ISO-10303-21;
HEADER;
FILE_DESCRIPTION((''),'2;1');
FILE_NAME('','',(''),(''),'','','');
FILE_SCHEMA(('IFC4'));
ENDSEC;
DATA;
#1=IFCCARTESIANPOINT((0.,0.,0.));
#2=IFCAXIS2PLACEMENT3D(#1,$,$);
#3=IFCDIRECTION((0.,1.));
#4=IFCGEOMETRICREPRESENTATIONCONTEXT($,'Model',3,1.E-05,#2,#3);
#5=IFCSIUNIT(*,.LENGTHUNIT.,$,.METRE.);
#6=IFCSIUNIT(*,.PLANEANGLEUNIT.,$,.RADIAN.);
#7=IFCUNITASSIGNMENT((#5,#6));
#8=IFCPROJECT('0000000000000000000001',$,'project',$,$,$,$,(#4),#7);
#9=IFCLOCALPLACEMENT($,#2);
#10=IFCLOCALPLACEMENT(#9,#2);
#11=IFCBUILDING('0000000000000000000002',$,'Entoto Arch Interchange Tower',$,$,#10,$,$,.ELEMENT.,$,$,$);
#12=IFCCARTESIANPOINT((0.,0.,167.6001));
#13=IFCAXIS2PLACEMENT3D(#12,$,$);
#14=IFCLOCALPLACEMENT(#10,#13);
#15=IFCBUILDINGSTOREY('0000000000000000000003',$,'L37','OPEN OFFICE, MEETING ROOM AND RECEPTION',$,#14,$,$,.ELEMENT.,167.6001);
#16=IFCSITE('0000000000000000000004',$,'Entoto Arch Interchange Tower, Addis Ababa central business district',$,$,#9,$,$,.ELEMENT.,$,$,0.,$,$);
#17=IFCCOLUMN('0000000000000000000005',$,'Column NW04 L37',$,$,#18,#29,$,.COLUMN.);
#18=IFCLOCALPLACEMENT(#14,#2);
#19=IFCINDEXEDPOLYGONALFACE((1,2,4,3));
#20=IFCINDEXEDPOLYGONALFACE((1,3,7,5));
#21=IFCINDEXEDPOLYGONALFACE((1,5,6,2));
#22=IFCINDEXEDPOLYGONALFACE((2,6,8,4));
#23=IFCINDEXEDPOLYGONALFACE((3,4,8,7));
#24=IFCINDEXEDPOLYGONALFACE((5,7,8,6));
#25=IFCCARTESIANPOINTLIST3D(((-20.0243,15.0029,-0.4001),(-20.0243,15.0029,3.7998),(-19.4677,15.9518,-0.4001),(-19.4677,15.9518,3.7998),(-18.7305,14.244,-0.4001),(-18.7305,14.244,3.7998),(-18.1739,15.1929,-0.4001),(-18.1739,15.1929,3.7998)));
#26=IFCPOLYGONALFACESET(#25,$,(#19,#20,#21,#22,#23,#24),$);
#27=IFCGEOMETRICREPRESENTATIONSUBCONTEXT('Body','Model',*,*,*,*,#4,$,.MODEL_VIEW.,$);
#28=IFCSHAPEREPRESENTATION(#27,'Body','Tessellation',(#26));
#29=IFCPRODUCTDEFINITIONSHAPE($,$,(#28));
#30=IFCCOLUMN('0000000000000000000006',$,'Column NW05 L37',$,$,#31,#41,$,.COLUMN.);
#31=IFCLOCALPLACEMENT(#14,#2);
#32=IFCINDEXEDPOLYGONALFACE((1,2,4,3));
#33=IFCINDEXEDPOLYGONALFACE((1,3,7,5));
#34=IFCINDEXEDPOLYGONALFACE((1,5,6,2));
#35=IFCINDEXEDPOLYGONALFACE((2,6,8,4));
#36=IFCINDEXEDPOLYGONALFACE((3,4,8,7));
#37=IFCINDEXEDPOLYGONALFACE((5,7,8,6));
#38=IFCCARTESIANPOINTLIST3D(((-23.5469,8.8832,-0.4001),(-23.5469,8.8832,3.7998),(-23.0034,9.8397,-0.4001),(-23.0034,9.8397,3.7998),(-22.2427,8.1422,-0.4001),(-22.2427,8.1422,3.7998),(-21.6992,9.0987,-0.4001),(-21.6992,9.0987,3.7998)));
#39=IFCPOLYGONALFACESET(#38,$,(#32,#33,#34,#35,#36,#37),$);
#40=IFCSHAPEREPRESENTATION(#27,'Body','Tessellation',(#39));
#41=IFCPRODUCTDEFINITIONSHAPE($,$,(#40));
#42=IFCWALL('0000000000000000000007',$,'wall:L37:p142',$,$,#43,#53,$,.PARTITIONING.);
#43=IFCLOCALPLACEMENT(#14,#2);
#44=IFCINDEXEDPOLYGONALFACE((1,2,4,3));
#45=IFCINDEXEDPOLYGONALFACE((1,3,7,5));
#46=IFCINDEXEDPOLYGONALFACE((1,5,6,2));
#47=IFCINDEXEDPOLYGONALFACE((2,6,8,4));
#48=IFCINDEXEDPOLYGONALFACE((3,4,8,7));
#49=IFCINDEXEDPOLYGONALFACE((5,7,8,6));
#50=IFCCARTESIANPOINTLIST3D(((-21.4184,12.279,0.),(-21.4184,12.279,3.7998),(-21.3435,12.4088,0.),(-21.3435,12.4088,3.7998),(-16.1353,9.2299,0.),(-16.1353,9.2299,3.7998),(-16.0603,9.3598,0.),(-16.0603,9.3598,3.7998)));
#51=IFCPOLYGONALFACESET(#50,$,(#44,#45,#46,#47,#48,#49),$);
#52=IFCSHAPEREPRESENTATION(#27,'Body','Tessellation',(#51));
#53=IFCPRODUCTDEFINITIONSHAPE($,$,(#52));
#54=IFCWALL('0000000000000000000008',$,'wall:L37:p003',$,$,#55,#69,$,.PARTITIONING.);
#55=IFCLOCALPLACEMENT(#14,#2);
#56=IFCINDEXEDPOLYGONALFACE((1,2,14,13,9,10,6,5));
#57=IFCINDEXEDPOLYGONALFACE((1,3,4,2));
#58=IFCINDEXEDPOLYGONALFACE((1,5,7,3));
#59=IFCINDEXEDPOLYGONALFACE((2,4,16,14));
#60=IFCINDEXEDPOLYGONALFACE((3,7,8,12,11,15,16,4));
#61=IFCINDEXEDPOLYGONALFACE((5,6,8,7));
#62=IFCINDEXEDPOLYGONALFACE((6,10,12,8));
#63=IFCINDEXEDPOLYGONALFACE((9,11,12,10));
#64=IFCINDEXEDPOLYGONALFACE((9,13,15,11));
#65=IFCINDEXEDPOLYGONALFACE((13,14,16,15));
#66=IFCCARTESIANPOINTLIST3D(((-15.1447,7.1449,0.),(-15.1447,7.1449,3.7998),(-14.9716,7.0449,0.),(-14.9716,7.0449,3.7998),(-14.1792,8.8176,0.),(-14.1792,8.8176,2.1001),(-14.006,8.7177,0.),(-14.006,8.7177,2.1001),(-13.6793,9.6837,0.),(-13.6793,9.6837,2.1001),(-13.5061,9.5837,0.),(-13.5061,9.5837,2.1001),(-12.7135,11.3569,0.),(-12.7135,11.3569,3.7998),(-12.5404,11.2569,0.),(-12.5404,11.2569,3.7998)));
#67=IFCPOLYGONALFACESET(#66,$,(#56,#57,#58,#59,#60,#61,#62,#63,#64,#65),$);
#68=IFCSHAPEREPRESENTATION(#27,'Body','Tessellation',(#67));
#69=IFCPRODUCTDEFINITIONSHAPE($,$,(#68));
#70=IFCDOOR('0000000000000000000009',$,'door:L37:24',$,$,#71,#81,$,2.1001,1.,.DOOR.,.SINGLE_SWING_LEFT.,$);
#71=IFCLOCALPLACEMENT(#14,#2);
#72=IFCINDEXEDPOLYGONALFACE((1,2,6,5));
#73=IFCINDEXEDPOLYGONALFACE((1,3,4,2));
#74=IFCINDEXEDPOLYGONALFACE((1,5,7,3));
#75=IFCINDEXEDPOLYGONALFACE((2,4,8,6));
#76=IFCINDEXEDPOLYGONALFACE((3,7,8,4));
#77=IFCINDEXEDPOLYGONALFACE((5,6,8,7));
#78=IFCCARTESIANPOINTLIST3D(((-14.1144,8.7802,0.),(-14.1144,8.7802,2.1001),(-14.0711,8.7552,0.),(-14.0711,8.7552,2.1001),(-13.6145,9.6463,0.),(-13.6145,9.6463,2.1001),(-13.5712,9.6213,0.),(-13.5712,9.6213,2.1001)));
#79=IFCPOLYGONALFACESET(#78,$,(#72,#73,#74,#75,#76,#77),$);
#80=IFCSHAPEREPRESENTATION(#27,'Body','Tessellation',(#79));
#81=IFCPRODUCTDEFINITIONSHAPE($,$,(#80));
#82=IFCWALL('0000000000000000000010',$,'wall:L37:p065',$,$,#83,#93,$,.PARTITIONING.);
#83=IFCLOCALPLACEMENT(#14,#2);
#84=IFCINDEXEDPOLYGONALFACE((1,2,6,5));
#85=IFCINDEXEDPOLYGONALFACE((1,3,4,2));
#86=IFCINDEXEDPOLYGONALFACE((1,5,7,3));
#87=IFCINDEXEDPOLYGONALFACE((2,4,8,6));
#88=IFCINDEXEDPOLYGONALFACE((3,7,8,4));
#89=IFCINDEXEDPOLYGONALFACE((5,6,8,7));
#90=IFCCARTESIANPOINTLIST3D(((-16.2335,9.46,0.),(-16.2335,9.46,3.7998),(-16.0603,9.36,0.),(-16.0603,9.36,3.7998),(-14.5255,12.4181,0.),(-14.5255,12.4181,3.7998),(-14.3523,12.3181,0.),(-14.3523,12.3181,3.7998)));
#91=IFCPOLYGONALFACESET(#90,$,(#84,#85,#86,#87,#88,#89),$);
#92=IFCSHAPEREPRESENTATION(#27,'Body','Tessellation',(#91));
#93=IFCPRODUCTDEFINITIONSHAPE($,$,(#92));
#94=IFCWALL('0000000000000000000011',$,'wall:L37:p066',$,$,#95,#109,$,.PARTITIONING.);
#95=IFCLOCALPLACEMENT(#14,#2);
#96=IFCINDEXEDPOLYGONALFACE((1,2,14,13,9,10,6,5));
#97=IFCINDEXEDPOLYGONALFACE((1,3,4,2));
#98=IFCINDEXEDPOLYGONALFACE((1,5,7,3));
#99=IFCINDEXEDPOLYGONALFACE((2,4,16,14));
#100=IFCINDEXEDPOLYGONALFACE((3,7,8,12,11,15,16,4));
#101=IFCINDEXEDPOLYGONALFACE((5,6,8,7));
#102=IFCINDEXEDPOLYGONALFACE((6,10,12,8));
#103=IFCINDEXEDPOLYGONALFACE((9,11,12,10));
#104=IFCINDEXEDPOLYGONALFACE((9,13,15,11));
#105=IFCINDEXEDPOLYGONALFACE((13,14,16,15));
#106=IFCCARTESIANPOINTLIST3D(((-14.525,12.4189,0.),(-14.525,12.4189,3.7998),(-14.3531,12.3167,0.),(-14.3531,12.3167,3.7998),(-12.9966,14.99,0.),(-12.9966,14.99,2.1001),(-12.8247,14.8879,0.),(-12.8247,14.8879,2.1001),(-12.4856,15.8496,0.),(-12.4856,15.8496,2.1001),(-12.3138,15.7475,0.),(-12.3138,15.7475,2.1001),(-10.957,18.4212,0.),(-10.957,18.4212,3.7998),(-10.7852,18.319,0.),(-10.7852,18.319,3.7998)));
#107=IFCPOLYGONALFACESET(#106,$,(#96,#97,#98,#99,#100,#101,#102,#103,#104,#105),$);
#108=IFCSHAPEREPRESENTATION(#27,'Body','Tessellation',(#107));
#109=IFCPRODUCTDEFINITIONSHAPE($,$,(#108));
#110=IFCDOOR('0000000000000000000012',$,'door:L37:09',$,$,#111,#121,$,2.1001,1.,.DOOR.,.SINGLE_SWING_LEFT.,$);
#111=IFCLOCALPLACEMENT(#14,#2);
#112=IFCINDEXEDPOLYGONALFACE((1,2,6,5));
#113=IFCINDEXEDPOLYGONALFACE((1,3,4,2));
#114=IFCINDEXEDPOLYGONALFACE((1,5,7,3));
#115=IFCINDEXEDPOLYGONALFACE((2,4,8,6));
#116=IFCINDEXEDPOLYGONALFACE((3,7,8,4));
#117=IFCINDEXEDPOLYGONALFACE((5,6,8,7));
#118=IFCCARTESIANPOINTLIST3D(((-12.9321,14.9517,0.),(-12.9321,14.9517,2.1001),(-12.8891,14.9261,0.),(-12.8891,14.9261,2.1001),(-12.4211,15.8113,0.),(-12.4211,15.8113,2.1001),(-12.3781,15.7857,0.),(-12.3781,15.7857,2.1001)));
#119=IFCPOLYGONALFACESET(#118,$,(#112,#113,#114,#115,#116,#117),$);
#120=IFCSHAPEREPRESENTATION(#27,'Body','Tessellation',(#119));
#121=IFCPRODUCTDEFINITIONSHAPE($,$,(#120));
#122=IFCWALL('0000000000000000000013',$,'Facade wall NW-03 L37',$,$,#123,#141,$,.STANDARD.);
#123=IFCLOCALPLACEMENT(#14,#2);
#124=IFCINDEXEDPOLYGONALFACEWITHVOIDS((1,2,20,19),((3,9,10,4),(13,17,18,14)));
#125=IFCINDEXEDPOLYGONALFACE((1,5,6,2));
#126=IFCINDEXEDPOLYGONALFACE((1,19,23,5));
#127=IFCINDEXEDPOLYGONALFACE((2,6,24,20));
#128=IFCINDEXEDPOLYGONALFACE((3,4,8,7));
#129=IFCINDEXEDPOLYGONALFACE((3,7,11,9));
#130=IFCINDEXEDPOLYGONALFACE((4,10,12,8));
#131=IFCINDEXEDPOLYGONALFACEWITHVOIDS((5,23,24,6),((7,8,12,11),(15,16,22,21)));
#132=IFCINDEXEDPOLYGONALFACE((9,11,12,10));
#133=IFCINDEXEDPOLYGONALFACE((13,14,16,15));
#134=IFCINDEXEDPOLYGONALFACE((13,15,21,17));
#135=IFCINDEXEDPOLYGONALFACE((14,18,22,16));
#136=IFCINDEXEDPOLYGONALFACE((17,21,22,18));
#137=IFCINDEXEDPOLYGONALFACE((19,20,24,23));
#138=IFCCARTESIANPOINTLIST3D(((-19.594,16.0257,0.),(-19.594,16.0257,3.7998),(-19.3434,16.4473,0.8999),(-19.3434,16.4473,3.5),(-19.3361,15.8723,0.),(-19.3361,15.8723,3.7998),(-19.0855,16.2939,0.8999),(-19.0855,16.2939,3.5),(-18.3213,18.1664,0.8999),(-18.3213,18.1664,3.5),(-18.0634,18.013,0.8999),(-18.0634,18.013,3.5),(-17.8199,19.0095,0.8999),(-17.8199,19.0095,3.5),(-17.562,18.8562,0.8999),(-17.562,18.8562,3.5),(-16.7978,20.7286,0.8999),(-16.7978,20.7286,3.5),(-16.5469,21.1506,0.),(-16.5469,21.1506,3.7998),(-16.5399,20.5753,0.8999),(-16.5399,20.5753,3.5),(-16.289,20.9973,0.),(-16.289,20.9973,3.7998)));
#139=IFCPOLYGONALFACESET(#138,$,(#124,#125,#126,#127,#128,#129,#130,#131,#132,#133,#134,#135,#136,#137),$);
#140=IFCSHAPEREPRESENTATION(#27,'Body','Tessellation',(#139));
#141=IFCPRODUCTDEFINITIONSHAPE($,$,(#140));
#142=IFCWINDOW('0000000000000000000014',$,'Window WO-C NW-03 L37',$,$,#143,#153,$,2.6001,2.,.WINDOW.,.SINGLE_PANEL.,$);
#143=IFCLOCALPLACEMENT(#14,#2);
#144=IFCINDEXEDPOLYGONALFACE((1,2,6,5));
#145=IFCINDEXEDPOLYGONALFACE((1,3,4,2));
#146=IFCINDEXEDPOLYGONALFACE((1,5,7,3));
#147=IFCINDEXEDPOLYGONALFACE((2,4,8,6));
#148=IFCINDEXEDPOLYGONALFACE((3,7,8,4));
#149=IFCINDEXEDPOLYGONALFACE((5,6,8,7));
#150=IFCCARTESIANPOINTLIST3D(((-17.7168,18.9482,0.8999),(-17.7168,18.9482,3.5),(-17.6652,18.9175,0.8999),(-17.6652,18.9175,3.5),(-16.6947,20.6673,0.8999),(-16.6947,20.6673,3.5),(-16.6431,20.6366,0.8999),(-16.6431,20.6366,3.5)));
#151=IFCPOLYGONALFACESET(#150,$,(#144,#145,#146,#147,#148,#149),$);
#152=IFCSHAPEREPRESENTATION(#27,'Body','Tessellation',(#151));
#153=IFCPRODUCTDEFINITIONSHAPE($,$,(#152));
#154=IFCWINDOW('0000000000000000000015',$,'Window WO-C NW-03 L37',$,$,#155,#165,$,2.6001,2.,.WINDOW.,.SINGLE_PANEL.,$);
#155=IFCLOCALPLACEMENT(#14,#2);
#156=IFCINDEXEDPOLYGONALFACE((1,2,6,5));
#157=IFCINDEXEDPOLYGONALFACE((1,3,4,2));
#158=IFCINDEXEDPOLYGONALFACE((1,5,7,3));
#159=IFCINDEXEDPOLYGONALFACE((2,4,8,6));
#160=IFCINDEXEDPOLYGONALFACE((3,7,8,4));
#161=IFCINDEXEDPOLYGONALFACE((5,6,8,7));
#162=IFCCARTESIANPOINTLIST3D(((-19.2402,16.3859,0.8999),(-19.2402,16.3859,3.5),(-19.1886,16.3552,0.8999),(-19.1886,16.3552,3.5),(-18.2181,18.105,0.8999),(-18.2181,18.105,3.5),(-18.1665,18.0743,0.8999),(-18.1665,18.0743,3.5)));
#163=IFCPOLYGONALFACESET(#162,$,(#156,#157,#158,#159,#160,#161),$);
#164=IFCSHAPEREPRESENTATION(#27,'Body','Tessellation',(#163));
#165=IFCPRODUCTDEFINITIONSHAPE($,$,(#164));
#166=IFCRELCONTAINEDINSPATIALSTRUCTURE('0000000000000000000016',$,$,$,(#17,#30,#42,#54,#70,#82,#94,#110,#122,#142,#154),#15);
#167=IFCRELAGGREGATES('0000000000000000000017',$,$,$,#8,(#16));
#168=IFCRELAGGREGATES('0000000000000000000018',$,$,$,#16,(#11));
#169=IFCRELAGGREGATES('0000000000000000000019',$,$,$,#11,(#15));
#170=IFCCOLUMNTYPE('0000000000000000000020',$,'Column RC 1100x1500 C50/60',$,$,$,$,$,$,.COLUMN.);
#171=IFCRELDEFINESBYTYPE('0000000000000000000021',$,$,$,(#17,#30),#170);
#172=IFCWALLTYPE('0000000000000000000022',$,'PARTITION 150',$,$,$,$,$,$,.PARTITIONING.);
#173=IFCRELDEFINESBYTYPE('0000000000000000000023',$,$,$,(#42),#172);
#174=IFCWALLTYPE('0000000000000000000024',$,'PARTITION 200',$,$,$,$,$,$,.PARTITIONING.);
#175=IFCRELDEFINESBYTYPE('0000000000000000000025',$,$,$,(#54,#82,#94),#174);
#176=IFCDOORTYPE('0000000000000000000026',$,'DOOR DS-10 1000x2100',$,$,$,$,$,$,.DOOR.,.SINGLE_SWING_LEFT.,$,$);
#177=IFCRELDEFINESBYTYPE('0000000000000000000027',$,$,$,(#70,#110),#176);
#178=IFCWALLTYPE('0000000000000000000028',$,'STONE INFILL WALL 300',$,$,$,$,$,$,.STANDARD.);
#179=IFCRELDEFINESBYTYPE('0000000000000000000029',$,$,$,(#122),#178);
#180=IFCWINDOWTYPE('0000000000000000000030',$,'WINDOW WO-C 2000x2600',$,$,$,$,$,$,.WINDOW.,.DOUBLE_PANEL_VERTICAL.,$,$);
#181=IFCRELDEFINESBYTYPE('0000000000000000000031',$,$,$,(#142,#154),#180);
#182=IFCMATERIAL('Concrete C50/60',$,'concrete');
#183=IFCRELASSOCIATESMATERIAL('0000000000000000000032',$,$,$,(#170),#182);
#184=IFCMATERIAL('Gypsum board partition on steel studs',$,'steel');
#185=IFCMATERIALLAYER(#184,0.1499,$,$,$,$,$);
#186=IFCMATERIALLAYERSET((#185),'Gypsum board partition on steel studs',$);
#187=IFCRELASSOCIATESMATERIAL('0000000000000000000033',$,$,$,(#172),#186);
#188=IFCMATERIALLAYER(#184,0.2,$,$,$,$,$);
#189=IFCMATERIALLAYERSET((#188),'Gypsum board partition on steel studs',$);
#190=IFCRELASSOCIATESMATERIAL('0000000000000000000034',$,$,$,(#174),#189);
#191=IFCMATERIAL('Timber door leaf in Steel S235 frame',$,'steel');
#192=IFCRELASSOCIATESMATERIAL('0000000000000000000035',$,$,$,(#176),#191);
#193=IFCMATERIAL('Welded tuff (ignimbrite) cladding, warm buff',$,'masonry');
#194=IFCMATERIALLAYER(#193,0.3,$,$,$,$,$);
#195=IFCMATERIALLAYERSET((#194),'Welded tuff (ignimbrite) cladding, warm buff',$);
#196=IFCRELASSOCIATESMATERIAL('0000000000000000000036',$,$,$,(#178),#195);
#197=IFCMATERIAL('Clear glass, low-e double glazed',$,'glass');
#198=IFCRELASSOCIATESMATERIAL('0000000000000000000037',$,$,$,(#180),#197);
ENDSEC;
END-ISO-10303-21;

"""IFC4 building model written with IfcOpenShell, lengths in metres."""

from ifc_helpers import new_model, si_unit, direction, frame, frame_2d, origin, origin_2d, place, context, subcontext, project, spatial, rectangle, extrude, material, layer, layer_set, material_profile, profile_set, type_object, element, fill, save


model = new_model("IFC4")

# Units and contexts
model_context = context("Model", 3, precision=1e-05, world=origin(), true_north=direction((0.0, 1.0)))
body_context = subcontext(model_context, "Body", "Model", "MODEL_VIEW")
ifc_project = project(units=[si_unit("LENGTHUNIT", "METRE"), si_unit("PLANEANGLEUNIT", "RADIAN")], contexts=[model_context])

# Site, building, storey
site_placement = place(None, origin())
site = spatial("IfcSite", under=ifc_project, at=site_placement, Name="Entoto Arch Interchange Tower, Addis Ababa central business district", CompositionType="ELEMENT", RefElevation=0.0)
building_placement = place(site_placement, origin())
building = spatial("IfcBuilding", under=site, at=building_placement, Name="Entoto Arch Interchange Tower", CompositionType="ELEMENT")
storey_placement = place(building_placement, frame((0.0, 0.0, 167.6001)))
storey = spatial("IfcBuildingStorey", under=building, at=storey_placement, Name="L37", Description="OPEN OFFICE, MEETING ROOM AND RECEPTION", CompositionType="ELEMENT", Elevation=167.6001)

# Columns
ifc_material_1 = material(Name="Concrete C50/60", Category="concrete")
ifc_material_profile = material_profile(ifc_material_1, rectangle(XDim=1.1001, YDim=1.5, at=origin_2d()))
ifc_profile_set = profile_set([ifc_material_profile], Name="Concrete C50/60")
column_type = type_object("IfcColumnType", Name="Column RC 1100x1500 C50/60", PredefinedType="COLUMN", material=ifc_profile_set)
for number, where, z_axis, x_axis, name in (
    (1, (-19.0991, 15.0979, -0.4001), (0.0, 0.0, 1.0), (0.505958, 0.862558, 0.0), "Column NW04 L37"),
    (2, (-22.623, 8.991, -0.4001), (0.0, 0.0, 1.0), (0.494018, 0.869452, 0.0), "Column NW05 L37"),
):
    element("IfcColumn", number, at=place(storey_placement, frame(where, z_axis=z_axis, x_axis=x_axis)), inside=storey, type_object=column_type, Name=name, PredefinedType="COLUMN", context=body_context, shape_type="SweptSolid", body=[
        extrude(rectangle(XDim=1.1001, YDim=1.5, at=origin_2d()), origin(), (0.0, 0.0, 1.0), 4.2),
    ])

# Wall
ifc_material_2 = material(Name="Gypsum board partition on steel studs", Category="steel")
ifc_layer_1 = layer(ifc_material_2, 0.1499)
ifc_layer_set_1 = layer_set([ifc_layer_1], Name="Gypsum board partition on steel studs")
wall_type_1 = type_object("IfcWallType", Name="PARTITION 150", PredefinedType="PARTITIONING", material=ifc_layer_set_1)
wall_1_placement = place(storey_placement, frame((-16.0979, 9.2949, 0.0), z_axis=(0.0, 0.0, 1.0), x_axis=(-0.86611, 0.499854, 0.0)))
element("IfcWall", 3, at=wall_1_placement, inside=storey, type_object=wall_type_1, Name="wall:L37:p142", PredefinedType="PARTITIONING", context=body_context, shape_type="SweptSolid", body=[
    extrude(rectangle(XDim=6.0999, YDim=0.1499, at=frame_2d((3.0498, 0.0))), origin(), (0.0, 0.0, 1.0), 3.7998),
])

# Wall, opening, door
ifc_layer_2 = layer(ifc_material_2, 0.2)
ifc_layer_set_2 = layer_set([ifc_layer_2], Name="Gypsum board partition on steel studs")
wall_type_2 = type_object("IfcWallType", Name="PARTITION 200", PredefinedType="PARTITIONING", material=ifc_layer_set_2)
wall_2_placement = place(storey_placement, frame((-12.627, 11.3069, 0.0), z_axis=(0.0, 0.0, 1.0), x_axis=(-0.499908, -0.866079, 0.0)))
wall_2 = element("IfcWall", 4, at=wall_2_placement, inside=storey, type_object=wall_type_2, Name="wall:L37:p003", PredefinedType="PARTITIONING", context=body_context, shape_type="SweptSolid", body=[
    extrude(rectangle(XDim=4.8633, YDim=0.2, at=frame_2d((2.4316, 0.0))), origin(), (0.0, 0.0, 1.0), 3.7998),
])
opening_1_placement = place(wall_2_placement, frame((1.9319, 0.0, 0.0)))
opening_1 = element("IfcOpeningElement", 5, at=opening_1_placement, cuts=wall_2, PredefinedType="OPENING", context=body_context, shape_type="SweptSolid", body=[
    extrude(rectangle(XDim=1.0, YDim=2.1001, at=frame_2d((0.5, 1.05))), frame((0.0, 0.1099, 0.0), z_axis=(0.0, -1.0, 0.0), x_axis=(1.0, 0.0, 0.0)), (0.0, 0.0, 1.0), 0.22),
])
ifc_material_3 = material(Name="Timber door leaf in Steel S235 frame", Category="steel")
door_type = type_object("IfcDoorType", Name="DOOR DS-10 1000x2100", OperationType="SINGLE_SWING_LEFT", PredefinedType="DOOR", material=ifc_material_3)
door_1_placement = place(opening_1_placement, origin())
door_1 = element("IfcDoor", 6, at=door_1_placement, inside=storey, type_object=door_type, Name="door:L37:24", OperationType="SINGLE_SWING_LEFT", OverallHeight=2.1001, OverallWidth=1.0, PredefinedType="DOOR", context=body_context, shape_type="SweptSolid", body=[
    extrude(rectangle(XDim=1.0, YDim=2.1001, at=frame_2d((0.5, 1.05))), frame((0.0, 0.0249, 0.0), z_axis=(0.0, -1.0, 0.0), x_axis=(1.0, 0.0, 0.0)), (0.0, 0.0, 1.0), 0.05),
])
fill(opening_1, door_1)

# Wall
wall_3_placement = place(storey_placement, frame((-16.147, 9.4099, 0.0), z_axis=(0.0, 0.0, 1.0), x_axis=(0.500044, 0.866, 0.0)))
element("IfcWall", 7, at=wall_3_placement, inside=storey, type_object=wall_type_2, Name="wall:L37:p065", PredefinedType="PARTITIONING", context=body_context, shape_type="SweptSolid", body=[
    extrude(rectangle(XDim=3.4158, YDim=0.2, at=frame_2d((1.708, 0.0))), origin(), (0.0, 0.0, 1.0), 3.7998),
])

# Wall, opening, door
wall_4_placement = place(storey_placement, frame((-14.439, 12.3679, 0.0), z_axis=(0.0, 0.0, 1.0), x_axis=(0.510969, 0.859599, 0.0)))
wall_4 = element("IfcWall", 8, at=wall_4_placement, inside=storey, type_object=wall_type_2, Name="wall:L37:p066", PredefinedType="PARTITIONING", context=body_context, shape_type="SweptSolid", body=[
    extrude(rectangle(XDim=6.9827, YDim=0.2, at=frame_2d((3.4912, 0.0))), origin(), (0.0, 0.0, 1.0), 3.7998),
])
opening_2_placement = place(wall_4_placement, frame((2.991, 0.0, 0.0)))
opening_2 = element("IfcOpeningElement", 9, at=opening_2_placement, cuts=wall_4, PredefinedType="OPENING", context=body_context, shape_type="SweptSolid", body=[
    extrude(rectangle(XDim=1.0, YDim=2.1001, at=frame_2d((0.5, 1.05))), frame((0.0, 0.1099, 0.0), z_axis=(0.0, -1.0, 0.0), x_axis=(1.0, 0.0, 0.0)), (0.0, 0.0, 1.0), 0.22),
])
door_2_placement = place(opening_2_placement, origin())
door_2 = element("IfcDoor", 10, at=door_2_placement, inside=storey, type_object=door_type, Name="door:L37:09", OperationType="SINGLE_SWING_LEFT", OverallHeight=2.1001, OverallWidth=1.0, PredefinedType="DOOR", context=body_context, shape_type="SweptSolid", body=[
    extrude(rectangle(XDim=1.0, YDim=2.1001, at=frame_2d((0.5, 1.05))), frame((0.0, 0.0249, 0.0), z_axis=(0.0, -1.0, 0.0), x_axis=(1.0, 0.0, 0.0)), (0.0, 0.0, 1.0), 0.05),
])
fill(opening_2, door_2)

# Wall, openings, windows
ifc_material_4 = material(Name="Welded tuff (ignimbrite) cladding, warm buff", Category="masonry")
ifc_layer_3 = layer(ifc_material_4, 0.3)
ifc_layer_set_3 = layer_set([ifc_layer_3], Name="Welded tuff (ignimbrite) cladding, warm buff")
wall_type_3 = type_object("IfcWallType", Name="STONE INFILL WALL 300", PredefinedType="STANDARD", material=ifc_layer_set_3)
wall_5_placement = place(storey_placement, frame((-16.418, 21.074, 0.0), z_axis=(0.0, 0.0, 1.0), x_axis=(-0.511053, -0.859549, 0.0)))
wall_5 = element("IfcWall", 11, at=wall_5_placement, inside=storey, type_object=wall_type_3, Name="Facade wall NW-03 L37", PredefinedType="STANDARD", context=body_context, shape_type="SweptSolid", body=[
    extrude(rectangle(XDim=5.9624, YDim=0.3, at=frame_2d((2.9812, 0.0))), origin(), (0.0, 0.0, 1.0), 3.7998),
])
opening_3_placement = place(wall_5_placement, frame((0.491, 0.0, 0.8999)))
opening_3 = element("IfcOpeningElement", 12, at=opening_3_placement, cuts=wall_5, PredefinedType="OPENING", context=body_context, shape_type="SweptSolid", body=[
    extrude(rectangle(XDim=2.0, YDim=2.6001, at=frame_2d((1.0, 1.3))), frame((0.0, 0.1602, 0.0), z_axis=(0.0, -1.0, 0.0), x_axis=(1.0, 0.0, 0.0)), (0.0, 0.0, 1.0), 0.3201),
])
opening_4_placement = place(wall_5_placement, frame((3.4719, 0.0, 0.8999)))
opening_4 = element("IfcOpeningElement", 13, at=opening_4_placement, cuts=wall_5, PredefinedType="OPENING", context=body_context, shape_type="SweptSolid", body=[
    extrude(rectangle(XDim=2.0, YDim=2.6001, at=frame_2d((1.0, 1.3))), frame((0.0, 0.1602, 0.0), z_axis=(0.0, -1.0, 0.0), x_axis=(1.0, 0.0, 0.0)), (0.0, 0.0, 1.0), 0.3201),
])
ifc_material_5 = material(Name="Clear glass, low-e double glazed", Category="glass")
window_type = type_object("IfcWindowType", Name="WINDOW WO-C 2000x2600", PartitioningType="DOUBLE_PANEL_VERTICAL", PredefinedType="WINDOW", material=ifc_material_5)
window_1_placement = place(opening_3_placement, origin())
window_1 = element("IfcWindow", 14, at=window_1_placement, inside=storey, type_object=window_type, Name="Window WO-C NW-03 L37", OverallHeight=2.6001, OverallWidth=2.0, PartitioningType="SINGLE_PANEL", PredefinedType="WINDOW", context=body_context, shape_type="SweptSolid", body=[
    extrude(rectangle(XDim=2.0, YDim=2.6001, at=frame_2d((1.0, 1.3))), frame((0.0, 0.03, 0.0), z_axis=(0.0, -1.0, 0.0), x_axis=(1.0, 0.0, 0.0)), (0.0, 0.0, 1.0), 0.0601),
])
fill(opening_3, window_1)
window_2_placement = place(opening_4_placement, origin())
window_2 = element("IfcWindow", 15, at=window_2_placement, inside=storey, type_object=window_type, Name="Window WO-C NW-03 L37", OverallHeight=2.6001, OverallWidth=2.0, PartitioningType="SINGLE_PANEL", PredefinedType="WINDOW", context=body_context, shape_type="SweptSolid", body=[
    extrude(rectangle(XDim=2.0, YDim=2.6001, at=frame_2d((1.0, 1.3))), frame((0.0, 0.03, 0.0), z_axis=(0.0, -1.0, 0.0), x_axis=(1.0, 0.0, 0.0)), (0.0, 0.0, 1.0), 0.0601),
])
fill(opening_4, window_2)

save(model, "model.ifc")
